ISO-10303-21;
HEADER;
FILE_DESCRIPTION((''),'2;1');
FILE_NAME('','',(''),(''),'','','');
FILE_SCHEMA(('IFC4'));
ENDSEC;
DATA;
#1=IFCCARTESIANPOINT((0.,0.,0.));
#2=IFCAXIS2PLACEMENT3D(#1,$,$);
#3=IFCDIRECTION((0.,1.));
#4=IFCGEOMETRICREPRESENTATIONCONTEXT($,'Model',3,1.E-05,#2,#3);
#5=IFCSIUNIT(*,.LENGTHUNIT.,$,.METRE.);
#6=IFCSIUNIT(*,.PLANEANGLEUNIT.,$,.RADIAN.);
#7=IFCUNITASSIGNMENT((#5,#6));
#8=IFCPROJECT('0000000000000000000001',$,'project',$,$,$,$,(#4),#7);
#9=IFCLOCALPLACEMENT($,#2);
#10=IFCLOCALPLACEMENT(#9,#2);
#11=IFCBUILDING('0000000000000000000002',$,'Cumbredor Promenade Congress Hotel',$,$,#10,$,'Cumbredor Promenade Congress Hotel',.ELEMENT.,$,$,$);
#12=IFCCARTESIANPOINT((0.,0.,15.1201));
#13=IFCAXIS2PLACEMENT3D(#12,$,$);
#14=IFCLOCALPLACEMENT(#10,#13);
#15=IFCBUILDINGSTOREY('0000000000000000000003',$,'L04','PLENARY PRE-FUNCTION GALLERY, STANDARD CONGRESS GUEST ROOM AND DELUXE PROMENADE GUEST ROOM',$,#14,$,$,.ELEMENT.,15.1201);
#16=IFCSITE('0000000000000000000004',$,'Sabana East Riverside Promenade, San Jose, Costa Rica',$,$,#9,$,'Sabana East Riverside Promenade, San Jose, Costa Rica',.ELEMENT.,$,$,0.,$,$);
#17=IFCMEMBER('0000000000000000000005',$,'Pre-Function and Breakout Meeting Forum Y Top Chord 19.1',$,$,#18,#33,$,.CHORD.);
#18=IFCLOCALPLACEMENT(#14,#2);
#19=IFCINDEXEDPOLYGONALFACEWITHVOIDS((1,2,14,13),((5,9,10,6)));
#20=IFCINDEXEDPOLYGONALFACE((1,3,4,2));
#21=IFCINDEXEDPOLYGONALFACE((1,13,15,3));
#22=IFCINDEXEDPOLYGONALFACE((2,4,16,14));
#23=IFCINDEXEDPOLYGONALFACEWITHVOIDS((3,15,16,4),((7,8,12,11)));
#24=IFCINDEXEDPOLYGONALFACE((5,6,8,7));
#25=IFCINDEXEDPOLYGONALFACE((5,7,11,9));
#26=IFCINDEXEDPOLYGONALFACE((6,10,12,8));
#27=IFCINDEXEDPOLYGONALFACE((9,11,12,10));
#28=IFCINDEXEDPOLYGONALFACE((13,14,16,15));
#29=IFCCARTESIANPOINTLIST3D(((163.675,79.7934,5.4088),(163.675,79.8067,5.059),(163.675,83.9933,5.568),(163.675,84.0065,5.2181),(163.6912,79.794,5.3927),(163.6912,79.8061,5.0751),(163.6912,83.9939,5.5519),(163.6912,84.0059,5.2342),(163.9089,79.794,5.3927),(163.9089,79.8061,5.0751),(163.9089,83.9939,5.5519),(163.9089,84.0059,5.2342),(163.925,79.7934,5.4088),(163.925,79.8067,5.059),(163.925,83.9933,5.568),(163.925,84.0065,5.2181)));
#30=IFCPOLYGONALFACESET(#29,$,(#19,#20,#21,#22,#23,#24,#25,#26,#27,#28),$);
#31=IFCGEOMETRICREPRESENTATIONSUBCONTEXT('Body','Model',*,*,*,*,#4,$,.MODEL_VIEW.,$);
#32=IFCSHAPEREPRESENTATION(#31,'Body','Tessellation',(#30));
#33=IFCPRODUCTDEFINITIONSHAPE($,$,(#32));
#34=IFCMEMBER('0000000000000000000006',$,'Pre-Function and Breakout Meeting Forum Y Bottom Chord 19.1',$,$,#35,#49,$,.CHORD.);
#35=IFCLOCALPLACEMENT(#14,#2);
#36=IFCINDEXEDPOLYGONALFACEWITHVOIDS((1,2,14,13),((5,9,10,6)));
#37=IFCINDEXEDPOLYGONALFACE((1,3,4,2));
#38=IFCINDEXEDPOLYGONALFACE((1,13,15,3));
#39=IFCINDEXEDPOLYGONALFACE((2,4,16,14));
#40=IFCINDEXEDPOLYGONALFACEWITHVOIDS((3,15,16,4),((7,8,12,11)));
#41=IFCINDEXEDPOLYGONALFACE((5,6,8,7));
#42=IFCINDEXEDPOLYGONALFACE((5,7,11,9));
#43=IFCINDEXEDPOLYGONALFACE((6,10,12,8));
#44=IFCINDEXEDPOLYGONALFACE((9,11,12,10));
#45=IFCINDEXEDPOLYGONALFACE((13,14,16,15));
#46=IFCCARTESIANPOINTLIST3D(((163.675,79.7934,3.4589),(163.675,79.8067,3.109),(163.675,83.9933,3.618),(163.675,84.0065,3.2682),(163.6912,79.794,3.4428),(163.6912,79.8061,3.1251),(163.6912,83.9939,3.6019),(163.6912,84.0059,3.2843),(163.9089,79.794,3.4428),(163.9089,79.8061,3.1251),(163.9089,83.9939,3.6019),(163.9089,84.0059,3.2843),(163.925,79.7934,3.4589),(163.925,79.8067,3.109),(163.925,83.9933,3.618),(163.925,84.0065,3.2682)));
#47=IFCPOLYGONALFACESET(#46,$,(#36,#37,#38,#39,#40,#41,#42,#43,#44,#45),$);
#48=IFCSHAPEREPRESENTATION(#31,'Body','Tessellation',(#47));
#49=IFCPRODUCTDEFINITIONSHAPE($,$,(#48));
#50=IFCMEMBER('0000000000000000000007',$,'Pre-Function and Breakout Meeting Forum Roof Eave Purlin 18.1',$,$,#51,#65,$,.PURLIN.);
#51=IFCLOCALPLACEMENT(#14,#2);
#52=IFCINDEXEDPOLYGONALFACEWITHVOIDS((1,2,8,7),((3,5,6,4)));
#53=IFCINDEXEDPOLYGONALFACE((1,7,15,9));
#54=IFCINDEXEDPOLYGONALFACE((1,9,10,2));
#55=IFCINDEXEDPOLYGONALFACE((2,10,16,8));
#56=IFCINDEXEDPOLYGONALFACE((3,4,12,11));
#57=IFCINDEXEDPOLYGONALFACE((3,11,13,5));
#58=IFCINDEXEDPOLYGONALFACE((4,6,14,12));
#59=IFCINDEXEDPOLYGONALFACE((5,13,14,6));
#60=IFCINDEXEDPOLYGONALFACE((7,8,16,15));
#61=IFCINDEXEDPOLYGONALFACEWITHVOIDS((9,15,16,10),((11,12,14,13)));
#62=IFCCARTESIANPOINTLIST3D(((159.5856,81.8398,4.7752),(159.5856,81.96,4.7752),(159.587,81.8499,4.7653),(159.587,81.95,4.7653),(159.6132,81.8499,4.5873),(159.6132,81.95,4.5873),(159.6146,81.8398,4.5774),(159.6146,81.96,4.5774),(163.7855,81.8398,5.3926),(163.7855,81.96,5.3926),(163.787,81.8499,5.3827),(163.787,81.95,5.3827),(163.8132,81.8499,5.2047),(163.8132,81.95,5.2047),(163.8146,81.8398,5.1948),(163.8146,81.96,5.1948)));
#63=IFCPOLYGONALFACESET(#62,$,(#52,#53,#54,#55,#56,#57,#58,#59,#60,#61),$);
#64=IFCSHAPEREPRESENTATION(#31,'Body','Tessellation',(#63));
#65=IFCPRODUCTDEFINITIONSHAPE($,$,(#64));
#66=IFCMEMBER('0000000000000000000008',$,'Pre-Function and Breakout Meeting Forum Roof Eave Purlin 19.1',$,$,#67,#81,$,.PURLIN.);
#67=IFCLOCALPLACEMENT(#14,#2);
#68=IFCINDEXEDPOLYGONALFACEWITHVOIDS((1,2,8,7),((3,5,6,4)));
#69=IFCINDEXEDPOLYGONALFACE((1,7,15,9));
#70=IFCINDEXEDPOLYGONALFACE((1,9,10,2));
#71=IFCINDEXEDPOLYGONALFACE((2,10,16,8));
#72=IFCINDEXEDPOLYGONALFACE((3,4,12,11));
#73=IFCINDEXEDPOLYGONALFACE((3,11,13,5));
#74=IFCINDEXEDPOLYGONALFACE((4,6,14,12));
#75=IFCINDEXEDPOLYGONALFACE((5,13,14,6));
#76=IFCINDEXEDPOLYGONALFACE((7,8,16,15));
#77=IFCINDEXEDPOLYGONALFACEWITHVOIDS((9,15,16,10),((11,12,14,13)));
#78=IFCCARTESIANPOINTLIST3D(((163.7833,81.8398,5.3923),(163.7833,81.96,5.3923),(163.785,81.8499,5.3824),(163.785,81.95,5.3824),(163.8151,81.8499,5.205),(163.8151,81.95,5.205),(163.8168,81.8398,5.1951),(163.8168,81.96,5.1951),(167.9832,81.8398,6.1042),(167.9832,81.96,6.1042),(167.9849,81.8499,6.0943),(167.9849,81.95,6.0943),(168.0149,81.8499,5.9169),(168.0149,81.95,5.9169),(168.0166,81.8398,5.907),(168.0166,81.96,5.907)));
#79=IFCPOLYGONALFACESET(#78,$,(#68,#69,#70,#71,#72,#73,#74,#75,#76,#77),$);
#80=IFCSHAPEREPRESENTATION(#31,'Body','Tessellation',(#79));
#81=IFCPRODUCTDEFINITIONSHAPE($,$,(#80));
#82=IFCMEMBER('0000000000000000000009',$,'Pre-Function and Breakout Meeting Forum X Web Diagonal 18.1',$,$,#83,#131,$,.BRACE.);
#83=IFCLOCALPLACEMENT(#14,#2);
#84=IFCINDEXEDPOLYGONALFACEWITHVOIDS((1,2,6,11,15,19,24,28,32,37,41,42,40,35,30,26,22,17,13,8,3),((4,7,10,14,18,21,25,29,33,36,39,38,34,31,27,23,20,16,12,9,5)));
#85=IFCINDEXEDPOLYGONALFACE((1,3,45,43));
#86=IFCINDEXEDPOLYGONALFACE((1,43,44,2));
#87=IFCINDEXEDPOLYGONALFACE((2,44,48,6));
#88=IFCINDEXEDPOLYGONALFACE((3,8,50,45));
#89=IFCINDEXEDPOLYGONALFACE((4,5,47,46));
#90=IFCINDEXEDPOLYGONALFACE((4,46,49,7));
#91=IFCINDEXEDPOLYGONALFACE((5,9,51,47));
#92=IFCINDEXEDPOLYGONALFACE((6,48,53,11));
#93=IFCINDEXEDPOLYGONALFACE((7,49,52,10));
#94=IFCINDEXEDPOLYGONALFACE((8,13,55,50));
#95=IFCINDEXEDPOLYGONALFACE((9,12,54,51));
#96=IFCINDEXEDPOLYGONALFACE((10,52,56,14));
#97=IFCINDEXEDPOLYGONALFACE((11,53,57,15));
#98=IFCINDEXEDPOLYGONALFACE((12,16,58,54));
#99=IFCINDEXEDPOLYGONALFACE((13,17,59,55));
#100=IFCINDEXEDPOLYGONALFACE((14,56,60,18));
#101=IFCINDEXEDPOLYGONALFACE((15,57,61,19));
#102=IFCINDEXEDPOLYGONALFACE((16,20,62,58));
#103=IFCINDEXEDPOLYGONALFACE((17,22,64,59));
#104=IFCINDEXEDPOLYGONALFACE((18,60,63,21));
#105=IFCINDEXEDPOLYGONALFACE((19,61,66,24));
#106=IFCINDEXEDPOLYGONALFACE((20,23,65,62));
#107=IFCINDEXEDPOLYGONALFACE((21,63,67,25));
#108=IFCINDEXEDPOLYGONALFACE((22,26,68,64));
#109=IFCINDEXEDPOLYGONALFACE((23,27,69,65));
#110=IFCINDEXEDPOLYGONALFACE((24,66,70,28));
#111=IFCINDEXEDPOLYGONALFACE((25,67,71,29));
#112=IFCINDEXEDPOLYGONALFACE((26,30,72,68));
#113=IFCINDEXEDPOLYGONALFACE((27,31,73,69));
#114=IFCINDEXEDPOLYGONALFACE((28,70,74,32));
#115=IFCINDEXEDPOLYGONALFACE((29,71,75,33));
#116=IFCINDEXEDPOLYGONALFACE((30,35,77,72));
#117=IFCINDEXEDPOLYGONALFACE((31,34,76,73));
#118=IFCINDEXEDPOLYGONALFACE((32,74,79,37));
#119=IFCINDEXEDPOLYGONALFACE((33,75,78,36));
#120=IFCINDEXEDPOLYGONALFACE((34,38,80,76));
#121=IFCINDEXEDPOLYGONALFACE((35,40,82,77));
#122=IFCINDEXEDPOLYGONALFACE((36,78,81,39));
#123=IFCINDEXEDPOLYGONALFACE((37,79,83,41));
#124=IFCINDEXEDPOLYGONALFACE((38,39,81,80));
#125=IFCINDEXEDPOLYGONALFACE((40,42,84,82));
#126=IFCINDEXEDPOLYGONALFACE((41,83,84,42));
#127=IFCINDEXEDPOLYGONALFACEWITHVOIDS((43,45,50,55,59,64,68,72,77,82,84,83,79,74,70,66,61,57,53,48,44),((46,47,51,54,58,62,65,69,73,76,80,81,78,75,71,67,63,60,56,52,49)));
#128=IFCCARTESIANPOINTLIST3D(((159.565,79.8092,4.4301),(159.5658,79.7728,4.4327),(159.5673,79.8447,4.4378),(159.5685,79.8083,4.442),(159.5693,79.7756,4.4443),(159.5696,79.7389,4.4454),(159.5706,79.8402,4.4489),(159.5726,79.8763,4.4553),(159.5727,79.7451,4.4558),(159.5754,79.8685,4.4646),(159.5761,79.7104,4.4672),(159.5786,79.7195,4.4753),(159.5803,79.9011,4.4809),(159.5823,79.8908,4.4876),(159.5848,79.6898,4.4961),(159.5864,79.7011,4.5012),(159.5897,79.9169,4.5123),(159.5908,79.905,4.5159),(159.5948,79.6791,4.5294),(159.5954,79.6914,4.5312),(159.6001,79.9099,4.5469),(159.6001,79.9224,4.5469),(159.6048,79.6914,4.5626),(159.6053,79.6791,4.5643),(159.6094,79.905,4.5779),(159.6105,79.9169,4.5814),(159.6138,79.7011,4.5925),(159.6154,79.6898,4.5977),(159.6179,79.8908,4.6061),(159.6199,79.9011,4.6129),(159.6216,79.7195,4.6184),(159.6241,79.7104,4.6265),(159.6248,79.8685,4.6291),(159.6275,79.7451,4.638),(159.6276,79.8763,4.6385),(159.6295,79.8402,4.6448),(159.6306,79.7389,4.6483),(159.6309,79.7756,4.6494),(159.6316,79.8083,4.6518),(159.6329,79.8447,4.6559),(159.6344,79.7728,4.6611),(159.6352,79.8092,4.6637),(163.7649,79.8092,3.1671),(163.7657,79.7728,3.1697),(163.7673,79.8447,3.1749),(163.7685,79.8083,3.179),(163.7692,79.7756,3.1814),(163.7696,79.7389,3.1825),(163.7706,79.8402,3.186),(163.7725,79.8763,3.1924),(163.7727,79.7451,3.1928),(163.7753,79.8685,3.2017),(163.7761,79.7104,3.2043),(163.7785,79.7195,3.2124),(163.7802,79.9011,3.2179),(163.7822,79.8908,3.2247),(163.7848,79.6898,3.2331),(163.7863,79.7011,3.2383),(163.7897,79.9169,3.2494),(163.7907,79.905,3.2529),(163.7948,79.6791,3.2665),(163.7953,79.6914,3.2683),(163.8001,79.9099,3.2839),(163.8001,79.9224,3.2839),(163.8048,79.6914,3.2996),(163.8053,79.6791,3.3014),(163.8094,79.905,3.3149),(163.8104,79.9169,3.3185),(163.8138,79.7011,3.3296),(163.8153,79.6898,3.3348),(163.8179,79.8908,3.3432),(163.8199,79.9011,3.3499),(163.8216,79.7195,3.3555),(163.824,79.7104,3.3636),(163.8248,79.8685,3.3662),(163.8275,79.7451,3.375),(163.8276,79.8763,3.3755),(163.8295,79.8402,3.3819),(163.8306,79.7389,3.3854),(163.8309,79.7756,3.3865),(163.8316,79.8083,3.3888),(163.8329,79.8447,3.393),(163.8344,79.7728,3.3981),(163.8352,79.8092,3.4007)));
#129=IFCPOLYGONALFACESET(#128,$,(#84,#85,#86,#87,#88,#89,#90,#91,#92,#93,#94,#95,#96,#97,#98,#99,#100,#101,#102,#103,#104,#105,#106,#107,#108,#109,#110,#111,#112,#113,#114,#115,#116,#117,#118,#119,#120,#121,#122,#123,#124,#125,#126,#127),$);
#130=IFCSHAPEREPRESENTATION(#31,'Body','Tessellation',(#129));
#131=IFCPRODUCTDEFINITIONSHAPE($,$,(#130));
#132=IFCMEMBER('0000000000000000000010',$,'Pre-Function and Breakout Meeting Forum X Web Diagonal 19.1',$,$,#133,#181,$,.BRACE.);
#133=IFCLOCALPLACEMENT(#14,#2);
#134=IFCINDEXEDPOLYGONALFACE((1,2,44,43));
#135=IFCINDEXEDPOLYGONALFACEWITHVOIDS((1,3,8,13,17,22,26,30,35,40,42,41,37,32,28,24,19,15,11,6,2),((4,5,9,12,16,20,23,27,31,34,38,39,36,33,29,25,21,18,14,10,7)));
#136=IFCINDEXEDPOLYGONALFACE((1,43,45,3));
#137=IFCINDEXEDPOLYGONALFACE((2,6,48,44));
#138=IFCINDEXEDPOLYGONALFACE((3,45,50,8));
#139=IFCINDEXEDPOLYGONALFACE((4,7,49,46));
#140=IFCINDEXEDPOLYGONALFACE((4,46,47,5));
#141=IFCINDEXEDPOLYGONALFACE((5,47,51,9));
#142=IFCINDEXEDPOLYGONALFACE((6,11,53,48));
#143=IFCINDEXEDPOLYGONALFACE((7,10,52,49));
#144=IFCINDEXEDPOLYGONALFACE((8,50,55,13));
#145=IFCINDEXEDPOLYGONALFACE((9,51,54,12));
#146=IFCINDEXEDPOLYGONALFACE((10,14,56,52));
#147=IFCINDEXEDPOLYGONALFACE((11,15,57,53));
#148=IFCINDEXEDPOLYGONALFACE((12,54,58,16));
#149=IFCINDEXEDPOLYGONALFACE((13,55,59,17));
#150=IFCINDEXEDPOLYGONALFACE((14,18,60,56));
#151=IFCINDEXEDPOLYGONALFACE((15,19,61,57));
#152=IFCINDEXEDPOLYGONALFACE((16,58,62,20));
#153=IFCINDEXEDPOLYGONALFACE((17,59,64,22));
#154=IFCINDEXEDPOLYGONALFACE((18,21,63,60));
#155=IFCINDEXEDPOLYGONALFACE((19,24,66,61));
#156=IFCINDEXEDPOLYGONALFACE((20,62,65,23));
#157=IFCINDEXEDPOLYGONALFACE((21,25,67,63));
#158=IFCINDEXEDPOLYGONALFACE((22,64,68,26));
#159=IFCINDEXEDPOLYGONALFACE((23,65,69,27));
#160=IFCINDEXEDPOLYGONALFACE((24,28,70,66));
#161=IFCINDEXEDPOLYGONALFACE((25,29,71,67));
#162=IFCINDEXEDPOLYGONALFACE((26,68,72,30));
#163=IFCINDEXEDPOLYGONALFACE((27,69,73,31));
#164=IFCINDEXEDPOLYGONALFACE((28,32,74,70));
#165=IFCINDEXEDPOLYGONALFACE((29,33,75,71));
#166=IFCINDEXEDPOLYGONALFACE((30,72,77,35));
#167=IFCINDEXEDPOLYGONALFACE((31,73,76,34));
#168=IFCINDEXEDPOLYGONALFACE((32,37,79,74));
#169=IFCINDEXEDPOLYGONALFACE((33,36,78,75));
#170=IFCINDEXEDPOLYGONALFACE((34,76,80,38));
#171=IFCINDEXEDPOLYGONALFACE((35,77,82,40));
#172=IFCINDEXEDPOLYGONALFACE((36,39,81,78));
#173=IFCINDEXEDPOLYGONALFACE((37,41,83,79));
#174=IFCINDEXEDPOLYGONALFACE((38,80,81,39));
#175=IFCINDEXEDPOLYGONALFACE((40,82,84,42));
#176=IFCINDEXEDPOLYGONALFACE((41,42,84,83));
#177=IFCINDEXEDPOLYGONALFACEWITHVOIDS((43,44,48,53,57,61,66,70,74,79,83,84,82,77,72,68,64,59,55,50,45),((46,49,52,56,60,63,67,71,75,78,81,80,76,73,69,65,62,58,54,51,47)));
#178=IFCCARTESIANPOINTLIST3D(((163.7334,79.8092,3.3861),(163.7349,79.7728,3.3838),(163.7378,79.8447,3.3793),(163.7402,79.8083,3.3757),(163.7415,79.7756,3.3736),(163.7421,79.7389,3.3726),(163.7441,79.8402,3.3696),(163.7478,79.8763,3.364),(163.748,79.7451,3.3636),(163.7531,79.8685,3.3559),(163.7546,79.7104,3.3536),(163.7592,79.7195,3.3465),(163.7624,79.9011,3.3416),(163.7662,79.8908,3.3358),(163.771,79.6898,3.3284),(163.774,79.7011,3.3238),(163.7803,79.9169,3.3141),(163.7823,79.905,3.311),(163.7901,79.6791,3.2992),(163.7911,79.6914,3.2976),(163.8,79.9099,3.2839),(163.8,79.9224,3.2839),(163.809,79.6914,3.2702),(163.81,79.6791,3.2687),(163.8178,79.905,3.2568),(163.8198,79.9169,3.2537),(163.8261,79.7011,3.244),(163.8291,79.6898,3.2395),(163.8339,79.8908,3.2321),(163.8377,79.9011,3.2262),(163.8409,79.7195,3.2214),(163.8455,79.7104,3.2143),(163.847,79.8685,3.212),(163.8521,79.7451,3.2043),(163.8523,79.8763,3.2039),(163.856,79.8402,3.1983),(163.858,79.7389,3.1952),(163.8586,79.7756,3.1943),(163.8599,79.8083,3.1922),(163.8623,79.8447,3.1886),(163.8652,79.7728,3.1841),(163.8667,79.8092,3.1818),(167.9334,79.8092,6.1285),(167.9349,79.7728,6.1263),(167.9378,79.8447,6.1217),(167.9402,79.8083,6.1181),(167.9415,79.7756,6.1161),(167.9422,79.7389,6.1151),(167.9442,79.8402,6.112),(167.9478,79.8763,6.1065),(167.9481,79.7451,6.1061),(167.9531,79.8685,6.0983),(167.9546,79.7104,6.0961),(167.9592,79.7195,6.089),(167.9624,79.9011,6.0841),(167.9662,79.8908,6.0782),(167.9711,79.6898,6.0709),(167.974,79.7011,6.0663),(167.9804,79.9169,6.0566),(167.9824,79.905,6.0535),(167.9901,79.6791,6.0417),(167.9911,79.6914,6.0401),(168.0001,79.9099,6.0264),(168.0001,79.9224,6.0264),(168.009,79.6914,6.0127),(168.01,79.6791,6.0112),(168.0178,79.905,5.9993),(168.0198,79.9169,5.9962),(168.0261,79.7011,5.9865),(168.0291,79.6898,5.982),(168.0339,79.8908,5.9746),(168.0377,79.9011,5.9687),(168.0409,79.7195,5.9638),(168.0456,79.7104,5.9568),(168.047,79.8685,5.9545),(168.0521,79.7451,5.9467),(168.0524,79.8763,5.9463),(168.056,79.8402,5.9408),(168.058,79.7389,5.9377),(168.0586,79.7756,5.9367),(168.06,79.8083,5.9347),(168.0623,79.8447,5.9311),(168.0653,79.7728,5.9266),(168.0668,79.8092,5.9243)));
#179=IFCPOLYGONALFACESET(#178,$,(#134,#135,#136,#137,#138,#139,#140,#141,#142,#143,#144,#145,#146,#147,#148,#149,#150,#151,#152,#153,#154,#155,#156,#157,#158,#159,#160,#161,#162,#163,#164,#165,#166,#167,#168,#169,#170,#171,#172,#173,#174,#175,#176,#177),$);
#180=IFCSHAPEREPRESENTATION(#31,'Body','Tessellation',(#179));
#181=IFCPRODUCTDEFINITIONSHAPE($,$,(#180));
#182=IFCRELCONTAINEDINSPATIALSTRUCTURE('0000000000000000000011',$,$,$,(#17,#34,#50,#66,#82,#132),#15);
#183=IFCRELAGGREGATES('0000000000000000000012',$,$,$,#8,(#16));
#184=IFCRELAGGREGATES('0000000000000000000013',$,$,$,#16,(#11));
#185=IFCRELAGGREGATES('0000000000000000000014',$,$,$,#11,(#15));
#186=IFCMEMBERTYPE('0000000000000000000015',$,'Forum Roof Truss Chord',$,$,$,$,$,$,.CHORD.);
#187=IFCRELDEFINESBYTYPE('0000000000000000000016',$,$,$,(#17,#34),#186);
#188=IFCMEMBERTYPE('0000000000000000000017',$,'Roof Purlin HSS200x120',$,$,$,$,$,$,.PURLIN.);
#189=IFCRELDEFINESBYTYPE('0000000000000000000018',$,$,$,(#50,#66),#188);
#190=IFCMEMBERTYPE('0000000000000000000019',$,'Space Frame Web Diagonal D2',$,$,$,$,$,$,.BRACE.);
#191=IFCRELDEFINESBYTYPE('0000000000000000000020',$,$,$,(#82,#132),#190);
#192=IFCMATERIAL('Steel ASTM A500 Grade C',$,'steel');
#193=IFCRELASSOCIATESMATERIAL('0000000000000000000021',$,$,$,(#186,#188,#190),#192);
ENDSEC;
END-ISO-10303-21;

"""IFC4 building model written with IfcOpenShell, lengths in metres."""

from ifc_helpers import new_model, si_unit, direction, frame, origin, origin_2d, place, context, subcontext, project, spatial, hollow_rectangle, hollow_circle, extrude, material, material_profile, profile_set, type_object, element, save


model = new_model("IFC4")

# Units and contexts
model_context = context("Model", 3, precision=1e-05, world=origin(), true_north=direction((0.0, 1.0)))
body_context = subcontext(model_context, "Body", "Model", "MODEL_VIEW")
ifc_project = project(units=[si_unit("LENGTHUNIT", "METRE"), si_unit("PLANEANGLEUNIT", "RADIAN")], contexts=[model_context])

# Site, building, storey
site_placement = place(None, origin())
site = spatial("IfcSite", under=ifc_project, at=site_placement, Name="Sabana East Riverside Promenade, San Jose, Costa Rica", LongName="Sabana East Riverside Promenade, San Jose, Costa Rica", CompositionType="ELEMENT", RefElevation=0.0)
building_placement = place(site_placement, origin())
building = spatial("IfcBuilding", under=site, at=building_placement, Name="Cumbredor Promenade Congress Hotel", LongName="Cumbredor Promenade Congress Hotel", CompositionType="ELEMENT")
storey_placement = place(building_placement, frame((0.0, 0.0, 15.1201)))
storey = spatial("IfcBuildingStorey", under=building, at=storey_placement, Name="L04", Description="PLENARY PRE-FUNCTION GALLERY, STANDARD CONGRESS GUEST ROOM AND DELUXE PROMENADE GUEST ROOM", CompositionType="ELEMENT", Elevation=15.1201)

# Members
ifc_material_1 = material(Name="Steel ASTM A500 Grade C", Category="steel")
ifc_material_profile_1 = material_profile(ifc_material_1, hollow_rectangle(XDim=0.25, YDim=0.3501, WallThickness=0.0161, at=origin_2d()), Name="HSS 350x250x16")
ifc_profile_set_1 = profile_set([ifc_material_profile_1], Name="Steel ASTM A500 Grade C")
member_type_1 = type_object("IfcMemberType", Name="Forum Roof Truss Chord", PredefinedType="CHORD", material=ifc_profile_set_1)
for number, where, z_axis, x_axis, name in (
    (1, (163.8, 79.8, 5.2339), (0.0, 0.999283, 0.037873), (-1.0, 0.0, 0.0), "Pre-Function and Breakout Meeting Forum Y Top Chord 19.1"),
    (2, (163.8, 79.8, 3.2839), (0.0, 0.999283, 0.037873), (-1.0, 0.0, 0.0), "Pre-Function and Breakout Meeting Forum Y Bottom Chord 19.1"),
):
    element("IfcMember", number, at=place(storey_placement, frame(where, z_axis=z_axis, x_axis=x_axis)), inside=storey, type_object=member_type_1, Name=name, PredefinedType="CHORD", context=body_context, shape_type="SweptSolid", body=[
        extrude(hollow_rectangle(XDim=0.25, YDim=0.3501, WallThickness=0.0161, at=origin_2d()), origin(), (0.0, 0.0, 1.0), 4.2029),
    ])
ifc_material_profile_2 = material_profile(ifc_material_1, hollow_rectangle(XDim=0.1201, YDim=0.2, WallThickness=0.01, at=origin_2d()), Name="HSS 200x120x10")
ifc_profile_set_2 = profile_set([ifc_material_profile_2], Name="Steel ASTM A500 Grade C")
member_type_2 = type_object("IfcMemberType", Name="Roof Purlin HSS200x120", PredefinedType="PURLIN", material=ifc_profile_set_2)
member_1_placement = place(storey_placement, frame((159.6001, 81.8999, 4.6763), z_axis=(0.989366, 0.0, 0.145446), x_axis=(0.0, 1.0, 0.0)))
element("IfcMember", 3, at=member_1_placement, inside=storey, type_object=member_type_2, Name="Pre-Function and Breakout Meeting Forum Roof Eave Purlin 18.1", PredefinedType="PURLIN", context=body_context, shape_type="SweptSolid", body=[
    extrude(hollow_rectangle(XDim=0.1201, YDim=0.2, WallThickness=0.01, at=origin_2d()), origin(), (0.0, 0.0, 1.0), 4.2451),
])
member_2_placement = place(storey_placement, frame((163.8, 81.8999, 5.2937), z_axis=(0.985936, 0.0, 0.167121), x_axis=(0.0, 1.0, 0.0)))
element("IfcMember", 4, at=member_2_placement, inside=storey, type_object=member_type_2, Name="Pre-Function and Breakout Meeting Forum Roof Eave Purlin 19.1", PredefinedType="PURLIN", context=body_context, shape_type="SweptSolid", body=[
    extrude(hollow_rectangle(XDim=0.1201, YDim=0.2, WallThickness=0.01, at=origin_2d()), origin(), (0.0, 0.0, 1.0), 4.2598),
])
ifc_material_profile_3 = material_profile(ifc_material_1, hollow_circle(Radius=0.1223, WallThickness=0.0125, at=origin_2d()), Name="CHS 244.5x12.5")
ifc_profile_set_3 = profile_set([ifc_material_profile_3], Name="Steel ASTM A500 Grade C")
member_type_3 = type_object("IfcMemberType", Name="Space Frame Web Diagonal D2", PredefinedType="BRACE", material=ifc_profile_set_3)
member_3_placement = place(storey_placement, frame((159.6001, 79.8, 4.5469), z_axis=(0.957641, 0.0, -0.287966), x_axis=(0.0, 1.0, 0.0)))
element("IfcMember", 5, at=member_3_placement, inside=storey, type_object=member_type_3, Name="Pre-Function and Breakout Meeting Forum X Web Diagonal 18.1", PredefinedType="BRACE", context=body_context, shape_type="SweptSolid", body=[
    extrude(hollow_circle(Radius=0.1223, WallThickness=0.0125, at=origin_2d()), origin(), (0.0, 0.0, 1.0), 4.3857),
])
member_4_placement = place(storey_placement, frame((163.8, 79.8, 3.2839), z_axis=(0.837306, 0.0, 0.546734), x_axis=(0.0, 1.0, 0.0)))
element("IfcMember", 6, at=member_4_placement, inside=storey, type_object=member_type_3, Name="Pre-Function and Breakout Meeting Forum X Web Diagonal 19.1", PredefinedType="BRACE", context=body_context, shape_type="SweptSolid", body=[
    extrude(hollow_circle(Radius=0.1223, WallThickness=0.0125, at=origin_2d()), origin(), (0.0, 0.0, 1.0), 5.0161),
])

save(model, "model.ifc")
